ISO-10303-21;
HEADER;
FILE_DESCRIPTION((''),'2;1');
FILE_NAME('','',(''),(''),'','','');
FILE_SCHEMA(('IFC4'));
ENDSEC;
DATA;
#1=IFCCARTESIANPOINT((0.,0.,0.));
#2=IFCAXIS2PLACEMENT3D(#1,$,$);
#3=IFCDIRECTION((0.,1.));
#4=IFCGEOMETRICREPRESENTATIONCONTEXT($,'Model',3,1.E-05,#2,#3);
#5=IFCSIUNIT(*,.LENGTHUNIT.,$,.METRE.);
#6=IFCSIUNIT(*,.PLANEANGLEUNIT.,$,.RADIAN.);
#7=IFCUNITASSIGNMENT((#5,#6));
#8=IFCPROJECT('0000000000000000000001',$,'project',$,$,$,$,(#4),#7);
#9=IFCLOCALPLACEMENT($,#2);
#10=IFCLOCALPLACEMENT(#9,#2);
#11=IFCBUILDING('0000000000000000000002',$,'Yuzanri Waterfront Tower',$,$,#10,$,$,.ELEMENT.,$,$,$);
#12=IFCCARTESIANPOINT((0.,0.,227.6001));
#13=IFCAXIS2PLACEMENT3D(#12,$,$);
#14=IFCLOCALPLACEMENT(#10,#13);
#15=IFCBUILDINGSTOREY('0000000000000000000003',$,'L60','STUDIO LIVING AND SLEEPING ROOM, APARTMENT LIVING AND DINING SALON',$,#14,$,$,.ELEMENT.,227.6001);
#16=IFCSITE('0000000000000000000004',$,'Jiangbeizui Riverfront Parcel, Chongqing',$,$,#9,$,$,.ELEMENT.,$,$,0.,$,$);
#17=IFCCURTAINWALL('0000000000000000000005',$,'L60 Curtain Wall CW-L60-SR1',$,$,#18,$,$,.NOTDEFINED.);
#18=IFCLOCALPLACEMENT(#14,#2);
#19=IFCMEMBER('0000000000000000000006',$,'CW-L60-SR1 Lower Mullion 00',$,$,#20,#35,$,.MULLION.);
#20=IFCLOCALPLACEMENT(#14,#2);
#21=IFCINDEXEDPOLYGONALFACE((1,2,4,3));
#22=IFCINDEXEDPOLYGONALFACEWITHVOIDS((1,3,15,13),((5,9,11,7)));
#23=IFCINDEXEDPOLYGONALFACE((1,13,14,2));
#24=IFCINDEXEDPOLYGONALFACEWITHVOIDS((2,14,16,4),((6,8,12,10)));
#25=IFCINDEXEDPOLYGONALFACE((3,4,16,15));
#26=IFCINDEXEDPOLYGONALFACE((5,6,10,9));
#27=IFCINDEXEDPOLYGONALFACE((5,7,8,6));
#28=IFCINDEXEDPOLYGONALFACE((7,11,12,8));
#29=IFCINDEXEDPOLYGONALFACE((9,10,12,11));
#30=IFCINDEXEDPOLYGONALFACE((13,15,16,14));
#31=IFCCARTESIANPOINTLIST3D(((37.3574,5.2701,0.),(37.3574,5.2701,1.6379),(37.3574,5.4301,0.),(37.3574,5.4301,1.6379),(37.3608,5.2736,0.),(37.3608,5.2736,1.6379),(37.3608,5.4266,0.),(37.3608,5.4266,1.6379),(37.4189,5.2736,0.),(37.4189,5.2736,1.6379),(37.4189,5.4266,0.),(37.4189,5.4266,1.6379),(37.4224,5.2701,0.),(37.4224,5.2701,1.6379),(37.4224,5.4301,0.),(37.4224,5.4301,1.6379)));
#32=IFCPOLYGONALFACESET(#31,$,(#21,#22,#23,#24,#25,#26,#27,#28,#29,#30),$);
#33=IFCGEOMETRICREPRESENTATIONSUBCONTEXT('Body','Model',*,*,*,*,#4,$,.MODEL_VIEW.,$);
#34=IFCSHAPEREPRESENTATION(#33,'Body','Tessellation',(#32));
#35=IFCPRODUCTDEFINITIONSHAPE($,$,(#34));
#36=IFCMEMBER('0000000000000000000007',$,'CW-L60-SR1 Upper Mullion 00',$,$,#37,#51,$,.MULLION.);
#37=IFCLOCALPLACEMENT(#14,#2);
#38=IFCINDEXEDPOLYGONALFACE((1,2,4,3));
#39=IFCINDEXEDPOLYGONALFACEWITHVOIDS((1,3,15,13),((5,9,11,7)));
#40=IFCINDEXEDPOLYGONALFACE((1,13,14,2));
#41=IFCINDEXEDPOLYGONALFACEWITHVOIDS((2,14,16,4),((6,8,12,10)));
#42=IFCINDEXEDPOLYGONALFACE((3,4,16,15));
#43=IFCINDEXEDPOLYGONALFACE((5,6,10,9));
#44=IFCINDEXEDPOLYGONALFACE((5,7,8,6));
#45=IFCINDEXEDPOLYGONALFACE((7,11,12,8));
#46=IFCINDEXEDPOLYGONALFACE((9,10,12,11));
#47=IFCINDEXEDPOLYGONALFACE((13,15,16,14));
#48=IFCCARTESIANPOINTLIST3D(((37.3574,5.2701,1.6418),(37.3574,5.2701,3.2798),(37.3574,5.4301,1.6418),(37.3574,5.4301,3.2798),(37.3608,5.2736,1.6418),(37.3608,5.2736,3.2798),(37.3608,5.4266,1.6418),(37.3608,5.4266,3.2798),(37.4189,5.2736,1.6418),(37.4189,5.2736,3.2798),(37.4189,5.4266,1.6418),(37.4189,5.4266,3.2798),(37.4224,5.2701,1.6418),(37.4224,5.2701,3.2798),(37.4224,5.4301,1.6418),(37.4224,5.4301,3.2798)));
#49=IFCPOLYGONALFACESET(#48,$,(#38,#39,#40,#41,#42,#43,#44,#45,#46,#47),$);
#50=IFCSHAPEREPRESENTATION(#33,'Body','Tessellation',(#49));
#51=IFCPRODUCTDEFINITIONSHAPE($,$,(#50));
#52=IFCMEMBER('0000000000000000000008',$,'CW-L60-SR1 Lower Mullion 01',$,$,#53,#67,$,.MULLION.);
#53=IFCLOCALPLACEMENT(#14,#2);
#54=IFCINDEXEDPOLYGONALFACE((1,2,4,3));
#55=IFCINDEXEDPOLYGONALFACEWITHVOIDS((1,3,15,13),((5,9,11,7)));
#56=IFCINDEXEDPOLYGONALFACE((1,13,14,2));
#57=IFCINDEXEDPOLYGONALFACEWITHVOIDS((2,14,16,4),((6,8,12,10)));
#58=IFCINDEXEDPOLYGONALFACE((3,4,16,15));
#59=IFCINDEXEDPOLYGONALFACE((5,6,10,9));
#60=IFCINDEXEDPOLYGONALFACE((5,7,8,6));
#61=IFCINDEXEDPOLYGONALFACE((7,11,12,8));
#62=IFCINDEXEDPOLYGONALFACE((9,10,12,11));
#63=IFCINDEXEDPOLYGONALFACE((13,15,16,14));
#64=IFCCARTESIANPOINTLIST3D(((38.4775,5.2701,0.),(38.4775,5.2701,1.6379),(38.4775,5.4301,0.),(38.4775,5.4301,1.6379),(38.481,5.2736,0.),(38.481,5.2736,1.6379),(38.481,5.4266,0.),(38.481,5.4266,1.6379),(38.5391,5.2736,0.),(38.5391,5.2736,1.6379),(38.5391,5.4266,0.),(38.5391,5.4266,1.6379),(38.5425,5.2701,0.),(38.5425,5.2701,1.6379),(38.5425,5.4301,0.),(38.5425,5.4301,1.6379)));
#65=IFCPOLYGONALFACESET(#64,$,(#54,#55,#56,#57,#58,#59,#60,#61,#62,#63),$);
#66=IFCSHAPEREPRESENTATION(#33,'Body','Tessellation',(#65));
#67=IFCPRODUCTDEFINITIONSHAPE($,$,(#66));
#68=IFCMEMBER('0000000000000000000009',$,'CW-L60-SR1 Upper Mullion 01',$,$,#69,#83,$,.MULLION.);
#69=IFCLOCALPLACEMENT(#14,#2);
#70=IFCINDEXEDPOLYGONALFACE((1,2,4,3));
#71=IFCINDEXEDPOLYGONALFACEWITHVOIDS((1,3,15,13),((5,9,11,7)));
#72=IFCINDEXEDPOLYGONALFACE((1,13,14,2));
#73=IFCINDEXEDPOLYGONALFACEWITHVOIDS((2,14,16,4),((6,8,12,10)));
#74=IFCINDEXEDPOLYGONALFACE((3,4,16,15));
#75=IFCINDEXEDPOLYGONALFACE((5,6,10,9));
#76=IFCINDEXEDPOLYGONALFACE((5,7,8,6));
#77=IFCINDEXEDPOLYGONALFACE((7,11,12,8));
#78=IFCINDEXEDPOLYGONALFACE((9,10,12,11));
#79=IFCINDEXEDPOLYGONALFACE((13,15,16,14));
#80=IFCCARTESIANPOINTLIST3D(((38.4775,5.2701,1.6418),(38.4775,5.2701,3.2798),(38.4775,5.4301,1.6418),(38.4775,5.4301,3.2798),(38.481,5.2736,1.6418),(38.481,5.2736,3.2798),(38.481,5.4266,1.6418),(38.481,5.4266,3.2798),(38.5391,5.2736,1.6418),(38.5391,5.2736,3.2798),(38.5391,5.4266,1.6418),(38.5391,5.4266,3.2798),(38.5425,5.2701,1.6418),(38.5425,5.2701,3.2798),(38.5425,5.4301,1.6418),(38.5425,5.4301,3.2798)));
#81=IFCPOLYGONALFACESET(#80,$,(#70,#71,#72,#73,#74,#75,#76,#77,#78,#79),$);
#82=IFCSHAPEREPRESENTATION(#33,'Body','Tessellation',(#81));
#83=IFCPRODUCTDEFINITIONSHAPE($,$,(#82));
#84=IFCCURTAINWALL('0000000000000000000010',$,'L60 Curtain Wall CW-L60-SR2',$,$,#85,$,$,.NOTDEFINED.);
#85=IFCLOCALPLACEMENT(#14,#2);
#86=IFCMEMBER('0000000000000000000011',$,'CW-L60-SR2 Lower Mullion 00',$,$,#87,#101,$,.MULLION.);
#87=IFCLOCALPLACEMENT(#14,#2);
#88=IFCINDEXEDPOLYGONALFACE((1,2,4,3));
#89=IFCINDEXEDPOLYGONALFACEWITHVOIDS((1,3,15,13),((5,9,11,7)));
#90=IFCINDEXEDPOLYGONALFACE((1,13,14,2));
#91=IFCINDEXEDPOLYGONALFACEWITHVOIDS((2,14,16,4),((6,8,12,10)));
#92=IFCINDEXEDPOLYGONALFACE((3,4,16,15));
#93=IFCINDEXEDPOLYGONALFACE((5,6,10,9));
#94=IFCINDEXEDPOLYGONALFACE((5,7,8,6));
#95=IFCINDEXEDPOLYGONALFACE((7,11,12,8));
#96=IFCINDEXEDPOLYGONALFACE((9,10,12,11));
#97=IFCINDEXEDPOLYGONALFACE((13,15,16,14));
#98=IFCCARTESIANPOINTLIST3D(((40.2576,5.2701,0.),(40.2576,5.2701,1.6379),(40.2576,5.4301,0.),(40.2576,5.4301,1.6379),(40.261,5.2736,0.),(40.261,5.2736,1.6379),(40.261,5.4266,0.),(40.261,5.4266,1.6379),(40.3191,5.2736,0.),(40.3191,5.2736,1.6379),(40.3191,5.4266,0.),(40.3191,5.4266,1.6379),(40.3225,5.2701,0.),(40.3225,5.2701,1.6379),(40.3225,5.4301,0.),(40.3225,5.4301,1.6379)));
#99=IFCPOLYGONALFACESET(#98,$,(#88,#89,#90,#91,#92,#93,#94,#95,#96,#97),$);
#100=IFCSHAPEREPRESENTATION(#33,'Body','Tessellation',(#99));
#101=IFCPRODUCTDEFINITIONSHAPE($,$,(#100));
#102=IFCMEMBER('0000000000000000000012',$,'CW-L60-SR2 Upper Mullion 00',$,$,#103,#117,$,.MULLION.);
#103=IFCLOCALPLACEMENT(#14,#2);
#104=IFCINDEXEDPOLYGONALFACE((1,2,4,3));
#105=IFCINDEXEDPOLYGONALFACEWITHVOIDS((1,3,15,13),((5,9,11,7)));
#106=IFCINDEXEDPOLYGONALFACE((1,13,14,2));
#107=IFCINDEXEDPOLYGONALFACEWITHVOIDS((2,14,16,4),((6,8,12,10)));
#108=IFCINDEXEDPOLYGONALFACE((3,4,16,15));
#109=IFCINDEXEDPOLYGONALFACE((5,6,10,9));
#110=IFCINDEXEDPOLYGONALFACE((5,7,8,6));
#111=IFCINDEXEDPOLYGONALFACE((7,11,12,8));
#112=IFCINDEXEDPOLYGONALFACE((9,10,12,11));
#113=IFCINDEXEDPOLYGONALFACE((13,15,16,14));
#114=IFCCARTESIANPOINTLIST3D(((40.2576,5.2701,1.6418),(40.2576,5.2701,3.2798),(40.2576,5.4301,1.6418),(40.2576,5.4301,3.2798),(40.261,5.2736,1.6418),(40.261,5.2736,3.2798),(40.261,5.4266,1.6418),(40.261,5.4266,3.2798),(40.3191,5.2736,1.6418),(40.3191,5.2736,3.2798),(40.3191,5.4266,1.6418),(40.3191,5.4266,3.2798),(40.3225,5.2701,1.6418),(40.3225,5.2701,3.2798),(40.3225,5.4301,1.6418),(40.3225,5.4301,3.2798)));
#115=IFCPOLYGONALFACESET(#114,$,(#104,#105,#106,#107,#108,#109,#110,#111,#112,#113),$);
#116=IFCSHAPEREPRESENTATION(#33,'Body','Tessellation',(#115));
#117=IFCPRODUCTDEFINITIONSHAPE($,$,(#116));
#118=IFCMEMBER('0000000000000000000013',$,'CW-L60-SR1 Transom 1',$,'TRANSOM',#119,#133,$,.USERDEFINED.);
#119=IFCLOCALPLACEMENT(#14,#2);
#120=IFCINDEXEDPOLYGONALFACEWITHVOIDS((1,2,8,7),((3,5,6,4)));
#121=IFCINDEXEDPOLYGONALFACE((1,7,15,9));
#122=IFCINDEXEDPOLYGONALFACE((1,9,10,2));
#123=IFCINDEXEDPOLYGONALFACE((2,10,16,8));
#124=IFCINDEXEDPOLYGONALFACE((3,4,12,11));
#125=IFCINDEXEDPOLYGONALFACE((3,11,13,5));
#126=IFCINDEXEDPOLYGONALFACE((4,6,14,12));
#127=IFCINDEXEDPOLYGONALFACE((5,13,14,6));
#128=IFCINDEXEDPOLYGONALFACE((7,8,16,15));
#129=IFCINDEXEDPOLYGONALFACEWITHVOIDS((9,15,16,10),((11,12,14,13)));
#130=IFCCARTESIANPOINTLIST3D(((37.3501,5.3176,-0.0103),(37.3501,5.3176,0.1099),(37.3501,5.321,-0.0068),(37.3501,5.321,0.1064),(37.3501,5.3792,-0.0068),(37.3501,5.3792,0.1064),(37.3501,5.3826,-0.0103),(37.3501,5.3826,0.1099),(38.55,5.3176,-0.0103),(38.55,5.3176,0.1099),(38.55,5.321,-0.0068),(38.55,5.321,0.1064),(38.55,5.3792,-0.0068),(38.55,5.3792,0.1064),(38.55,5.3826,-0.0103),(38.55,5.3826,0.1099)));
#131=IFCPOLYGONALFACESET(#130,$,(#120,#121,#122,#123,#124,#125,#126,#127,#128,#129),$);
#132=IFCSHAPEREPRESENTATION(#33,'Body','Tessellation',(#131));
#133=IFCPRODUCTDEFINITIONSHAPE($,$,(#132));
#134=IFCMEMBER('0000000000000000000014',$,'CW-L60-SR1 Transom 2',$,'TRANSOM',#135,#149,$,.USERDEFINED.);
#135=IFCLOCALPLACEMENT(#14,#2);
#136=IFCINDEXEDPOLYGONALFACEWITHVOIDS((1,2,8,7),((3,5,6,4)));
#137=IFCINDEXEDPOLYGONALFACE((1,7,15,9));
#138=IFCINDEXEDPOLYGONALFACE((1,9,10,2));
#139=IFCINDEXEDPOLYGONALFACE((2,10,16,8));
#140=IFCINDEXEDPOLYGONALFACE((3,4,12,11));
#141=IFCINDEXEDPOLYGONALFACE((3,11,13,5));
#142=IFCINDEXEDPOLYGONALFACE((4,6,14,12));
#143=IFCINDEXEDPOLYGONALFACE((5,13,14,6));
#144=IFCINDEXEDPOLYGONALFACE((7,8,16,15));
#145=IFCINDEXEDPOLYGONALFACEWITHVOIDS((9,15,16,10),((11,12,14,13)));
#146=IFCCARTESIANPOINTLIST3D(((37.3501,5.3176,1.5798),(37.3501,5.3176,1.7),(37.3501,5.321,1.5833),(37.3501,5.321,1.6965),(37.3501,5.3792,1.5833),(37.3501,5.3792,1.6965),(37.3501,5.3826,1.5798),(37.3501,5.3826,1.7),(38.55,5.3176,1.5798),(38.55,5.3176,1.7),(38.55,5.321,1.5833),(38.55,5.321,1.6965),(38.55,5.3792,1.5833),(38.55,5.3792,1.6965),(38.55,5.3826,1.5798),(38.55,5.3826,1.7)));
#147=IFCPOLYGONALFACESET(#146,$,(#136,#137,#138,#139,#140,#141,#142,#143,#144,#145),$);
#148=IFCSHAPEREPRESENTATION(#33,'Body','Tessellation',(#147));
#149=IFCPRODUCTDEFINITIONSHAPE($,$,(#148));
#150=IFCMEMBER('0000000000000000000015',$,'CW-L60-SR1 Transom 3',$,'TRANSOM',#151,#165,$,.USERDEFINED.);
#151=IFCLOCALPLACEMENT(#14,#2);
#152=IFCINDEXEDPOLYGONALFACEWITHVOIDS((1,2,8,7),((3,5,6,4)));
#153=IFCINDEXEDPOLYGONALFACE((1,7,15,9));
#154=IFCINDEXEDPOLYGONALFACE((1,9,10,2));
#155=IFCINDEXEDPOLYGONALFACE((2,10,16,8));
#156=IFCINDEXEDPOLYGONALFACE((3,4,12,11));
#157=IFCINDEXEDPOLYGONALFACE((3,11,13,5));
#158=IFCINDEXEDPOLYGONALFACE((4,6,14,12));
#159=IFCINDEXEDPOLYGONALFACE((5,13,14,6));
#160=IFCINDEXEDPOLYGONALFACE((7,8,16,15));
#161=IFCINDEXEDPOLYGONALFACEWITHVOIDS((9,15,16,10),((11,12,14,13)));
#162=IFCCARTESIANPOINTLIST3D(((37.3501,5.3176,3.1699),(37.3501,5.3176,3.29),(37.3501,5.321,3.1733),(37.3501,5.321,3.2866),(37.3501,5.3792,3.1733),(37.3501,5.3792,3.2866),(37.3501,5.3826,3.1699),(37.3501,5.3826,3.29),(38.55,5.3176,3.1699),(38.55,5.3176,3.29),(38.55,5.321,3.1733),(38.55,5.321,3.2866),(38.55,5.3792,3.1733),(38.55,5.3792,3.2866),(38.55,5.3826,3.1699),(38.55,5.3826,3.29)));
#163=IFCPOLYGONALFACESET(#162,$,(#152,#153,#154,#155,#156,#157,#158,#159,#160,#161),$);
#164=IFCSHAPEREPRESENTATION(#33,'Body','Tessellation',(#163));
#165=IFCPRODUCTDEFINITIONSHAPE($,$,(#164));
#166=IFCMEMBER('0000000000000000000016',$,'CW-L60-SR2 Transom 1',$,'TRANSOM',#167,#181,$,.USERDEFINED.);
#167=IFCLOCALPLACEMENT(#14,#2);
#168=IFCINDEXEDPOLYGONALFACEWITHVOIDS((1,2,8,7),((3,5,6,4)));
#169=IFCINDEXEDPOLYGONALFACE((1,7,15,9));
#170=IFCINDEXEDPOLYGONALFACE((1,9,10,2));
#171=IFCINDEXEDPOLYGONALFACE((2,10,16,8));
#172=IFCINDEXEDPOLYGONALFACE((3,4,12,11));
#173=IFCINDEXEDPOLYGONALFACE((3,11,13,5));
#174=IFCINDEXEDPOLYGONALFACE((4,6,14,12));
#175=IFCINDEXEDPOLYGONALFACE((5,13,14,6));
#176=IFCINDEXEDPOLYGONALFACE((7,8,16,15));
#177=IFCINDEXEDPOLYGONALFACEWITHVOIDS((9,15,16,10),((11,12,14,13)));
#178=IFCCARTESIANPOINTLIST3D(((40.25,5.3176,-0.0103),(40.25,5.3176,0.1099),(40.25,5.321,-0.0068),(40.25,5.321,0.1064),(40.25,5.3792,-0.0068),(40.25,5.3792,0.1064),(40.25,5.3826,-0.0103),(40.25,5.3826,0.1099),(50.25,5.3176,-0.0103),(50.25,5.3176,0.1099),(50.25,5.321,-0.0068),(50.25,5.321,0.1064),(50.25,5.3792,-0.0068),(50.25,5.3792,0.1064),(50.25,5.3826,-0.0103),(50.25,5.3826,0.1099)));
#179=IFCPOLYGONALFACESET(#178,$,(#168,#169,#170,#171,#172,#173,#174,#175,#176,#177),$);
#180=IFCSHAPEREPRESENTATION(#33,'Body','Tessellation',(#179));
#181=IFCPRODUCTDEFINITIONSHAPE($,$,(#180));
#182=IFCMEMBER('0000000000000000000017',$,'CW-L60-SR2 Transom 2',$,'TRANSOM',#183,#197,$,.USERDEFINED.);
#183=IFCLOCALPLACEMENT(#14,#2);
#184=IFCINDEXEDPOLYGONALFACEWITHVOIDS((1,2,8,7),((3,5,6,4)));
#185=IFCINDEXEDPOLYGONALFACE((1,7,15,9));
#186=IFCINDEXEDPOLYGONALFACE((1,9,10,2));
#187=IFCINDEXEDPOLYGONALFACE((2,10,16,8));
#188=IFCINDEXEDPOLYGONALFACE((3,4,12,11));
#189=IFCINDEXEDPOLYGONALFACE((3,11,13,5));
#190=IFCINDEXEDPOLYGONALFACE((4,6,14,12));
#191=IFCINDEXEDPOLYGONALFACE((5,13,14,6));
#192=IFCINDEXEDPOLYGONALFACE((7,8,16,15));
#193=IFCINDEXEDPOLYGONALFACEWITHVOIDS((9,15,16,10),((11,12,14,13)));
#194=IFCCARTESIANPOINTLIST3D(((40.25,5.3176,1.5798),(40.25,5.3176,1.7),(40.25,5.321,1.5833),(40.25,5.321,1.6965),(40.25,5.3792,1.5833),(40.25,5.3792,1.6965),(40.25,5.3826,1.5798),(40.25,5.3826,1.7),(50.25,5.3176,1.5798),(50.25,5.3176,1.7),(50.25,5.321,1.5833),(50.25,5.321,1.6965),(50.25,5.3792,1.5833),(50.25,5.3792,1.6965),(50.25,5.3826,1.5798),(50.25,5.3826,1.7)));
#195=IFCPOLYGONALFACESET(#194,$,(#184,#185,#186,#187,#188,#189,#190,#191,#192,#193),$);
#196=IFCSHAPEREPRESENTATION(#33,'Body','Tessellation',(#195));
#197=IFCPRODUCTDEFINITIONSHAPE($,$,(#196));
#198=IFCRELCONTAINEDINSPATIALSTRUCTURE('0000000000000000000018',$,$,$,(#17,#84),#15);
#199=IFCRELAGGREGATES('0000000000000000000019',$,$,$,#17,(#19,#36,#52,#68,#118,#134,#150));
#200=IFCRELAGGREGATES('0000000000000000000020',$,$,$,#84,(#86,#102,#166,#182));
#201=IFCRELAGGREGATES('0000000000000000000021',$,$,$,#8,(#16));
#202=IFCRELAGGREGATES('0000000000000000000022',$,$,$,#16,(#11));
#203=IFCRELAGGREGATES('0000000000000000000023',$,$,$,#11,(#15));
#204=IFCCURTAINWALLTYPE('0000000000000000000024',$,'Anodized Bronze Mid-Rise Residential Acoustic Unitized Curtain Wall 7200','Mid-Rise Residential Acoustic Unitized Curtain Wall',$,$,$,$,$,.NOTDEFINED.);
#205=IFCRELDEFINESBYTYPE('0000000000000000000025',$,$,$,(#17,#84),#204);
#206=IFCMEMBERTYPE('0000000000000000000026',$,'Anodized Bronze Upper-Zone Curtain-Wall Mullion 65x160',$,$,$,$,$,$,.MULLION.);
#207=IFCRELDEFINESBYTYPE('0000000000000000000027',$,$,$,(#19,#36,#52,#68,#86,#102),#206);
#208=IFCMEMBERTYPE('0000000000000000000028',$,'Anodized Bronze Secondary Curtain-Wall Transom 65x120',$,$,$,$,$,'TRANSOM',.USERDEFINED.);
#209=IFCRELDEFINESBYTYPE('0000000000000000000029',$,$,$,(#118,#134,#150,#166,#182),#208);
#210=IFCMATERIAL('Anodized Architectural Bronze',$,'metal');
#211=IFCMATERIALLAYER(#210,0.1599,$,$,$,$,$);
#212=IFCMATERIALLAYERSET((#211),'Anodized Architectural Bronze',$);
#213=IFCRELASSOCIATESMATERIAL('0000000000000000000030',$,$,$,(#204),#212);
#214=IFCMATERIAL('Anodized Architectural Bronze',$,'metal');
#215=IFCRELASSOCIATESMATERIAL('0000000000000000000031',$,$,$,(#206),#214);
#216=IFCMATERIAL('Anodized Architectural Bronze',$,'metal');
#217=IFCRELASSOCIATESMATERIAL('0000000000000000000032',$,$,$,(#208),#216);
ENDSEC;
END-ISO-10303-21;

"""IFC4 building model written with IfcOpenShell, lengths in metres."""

from ifc_helpers import new_model, si_unit, direction, frame, origin, origin_2d, place, context, subcontext, project, spatial, hollow_rectangle, extrude, source, transform, mapped, material, layer, layer_set, material_profile, profile_set, type_object, element, aggregate, save


model = new_model("IFC4")

# Units and contexts
model_context = context("Model", 3, precision=1e-05, world=origin(), true_north=direction((0.0, 1.0)))
body_context = subcontext(model_context, "Body", "Model", "MODEL_VIEW")
ifc_project = project(units=[si_unit("LENGTHUNIT", "METRE"), si_unit("PLANEANGLEUNIT", "RADIAN")], contexts=[model_context])

# Site, building, storey
site_placement = place(None, origin())
site = spatial("IfcSite", under=ifc_project, at=site_placement, Name="Jiangbeizui Riverfront Parcel, Chongqing", CompositionType="ELEMENT", RefElevation=0.0)
building_placement = place(site_placement, origin())
building = spatial("IfcBuilding", under=site, at=building_placement, Name="Yuzanri Waterfront Tower", CompositionType="ELEMENT")
storey_placement = place(building_placement, frame((0.0, 0.0, 227.6001)))
storey = spatial("IfcBuildingStorey", under=building, at=storey_placement, Name="L60", Description="STUDIO LIVING AND SLEEPING ROOM, APARTMENT LIVING AND DINING SALON", CompositionType="ELEMENT", Elevation=227.6001)

# Curtain walls, members
ifc_material_1 = material(Name="Anodized Architectural Bronze", Category="metal")
ifc_layer_1 = layer(ifc_material_1, 0.1599)
ifc_layer_set_1 = layer_set([ifc_layer_1], Name="Anodized Architectural Bronze")
curtain_wall_type = type_object("IfcCurtainWallType", Name="Anodized Bronze Mid-Rise Residential Acoustic Unitized Curtain Wall 7200", Description="Mid-Rise Residential Acoustic Unitized Curtain Wall", PredefinedType="NOTDEFINED", material=ifc_layer_set_1)
curtain_wall_1_placement = place(storey_placement, origin())
curtain_wall_1 = element("IfcCurtainWall", 1, at=curtain_wall_1_placement, inside=storey, type_object=curtain_wall_type, Name="L60 Curtain Wall CW-L60-SR1", PredefinedType="NOTDEFINED")
ifc_material_2 = material(Name="Anodized Architectural Bronze", Category="metal")
ifc_material_profile_1 = material_profile(ifc_material_2, hollow_rectangle(XDim=0.0649, YDim=0.1599, WallThickness=0.0034, at=origin_2d()), Name="CWM 65x160")
ifc_profile_set_1 = profile_set([ifc_material_profile_1], Name="Anodized Architectural Bronze")
member_type_1 = type_object("IfcMemberType", Name="Anodized Bronze Upper-Zone Curtain-Wall Mullion 65x160", PredefinedType="MULLION", material=ifc_profile_set_1)
shared_shape_1 = source(origin(), body_context, "Body", "SweptSolid", [
    extrude(hollow_rectangle(XDim=0.0649, YDim=0.1599, WallThickness=0.0034, at=origin_2d()), origin(), (0.0, 0.0, 1.0), 1.6379),
])
member_1_placement = place(storey_placement, frame((37.3899, 5.3501, 0.0), z_axis=(0.0, 0.0, 1.0), x_axis=(1.0, 0.0, 0.0)))
member_1 = element("IfcMember", 2, at=member_1_placement, type_object=member_type_1, Name="CW-L60-SR1 Lower Mullion 00", PredefinedType="MULLION", context=body_context, shape_type="MappedRepresentation", body=[
    mapped(shared_shape_1, transform((0.0, 0.0, 0.0), scale=1.0)),
])
member_2_placement = place(storey_placement, frame((37.3899, 5.3501, 1.6418), z_axis=(0.0, 0.0, 1.0), x_axis=(1.0, 0.0, 0.0)))
member_2 = element("IfcMember", 3, at=member_2_placement, type_object=member_type_1, Name="CW-L60-SR1 Upper Mullion 00", PredefinedType="MULLION", context=body_context, shape_type="MappedRepresentation", body=[
    mapped(shared_shape_1, transform((0.0, 0.0, 0.0), scale=1.0)),
])
member_3_placement = place(storey_placement, frame((38.51, 5.3501, 0.0), z_axis=(0.0, 0.0, 1.0), x_axis=(1.0, 0.0, 0.0)))
member_3 = element("IfcMember", 4, at=member_3_placement, type_object=member_type_1, Name="CW-L60-SR1 Lower Mullion 01", PredefinedType="MULLION", context=body_context, shape_type="MappedRepresentation", body=[
    mapped(shared_shape_1, transform((0.0, 0.0, 0.0), scale=1.0)),
])
member_4_placement = place(storey_placement, frame((38.51, 5.3501, 1.6418), z_axis=(0.0, 0.0, 1.0), x_axis=(1.0, 0.0, 0.0)))
member_4 = element("IfcMember", 5, at=member_4_placement, type_object=member_type_1, Name="CW-L60-SR1 Upper Mullion 01", PredefinedType="MULLION", context=body_context, shape_type="MappedRepresentation", body=[
    mapped(shared_shape_1, transform((0.0, 0.0, 0.0), scale=1.0)),
])
curtain_wall_2_placement = place(storey_placement, origin())
curtain_wall_2 = element("IfcCurtainWall", 6, at=curtain_wall_2_placement, inside=storey, type_object=curtain_wall_type, Name="L60 Curtain Wall CW-L60-SR2", PredefinedType="NOTDEFINED")
member_5_placement = place(storey_placement, frame((40.29, 5.3501, 0.0), z_axis=(0.0, 0.0, 1.0), x_axis=(1.0, 0.0, 0.0)))
member_5 = element("IfcMember", 7, at=member_5_placement, type_object=member_type_1, Name="CW-L60-SR2 Lower Mullion 00", PredefinedType="MULLION", context=body_context, shape_type="MappedRepresentation", body=[
    mapped(shared_shape_1, transform((0.0, 0.0, 0.0), scale=1.0)),
])
member_6_placement = place(storey_placement, frame((40.29, 5.3501, 1.6418), z_axis=(0.0, 0.0, 1.0), x_axis=(1.0, 0.0, 0.0)))
member_6 = element("IfcMember", 8, at=member_6_placement, type_object=member_type_1, Name="CW-L60-SR2 Upper Mullion 00", PredefinedType="MULLION", context=body_context, shape_type="MappedRepresentation", body=[
    mapped(shared_shape_1, transform((0.0, 0.0, 0.0), scale=1.0)),
])

# Members
ifc_material_3 = material(Name="Anodized Architectural Bronze", Category="metal")
ifc_material_profile_2 = material_profile(ifc_material_3, hollow_rectangle(XDim=0.0649, YDim=0.1201, WallThickness=0.0034, at=origin_2d()), Name="CWT 65x120")
ifc_profile_set_2 = profile_set([ifc_material_profile_2], Name="Anodized Architectural Bronze")
member_type_2 = type_object("IfcMemberType", Name="Anodized Bronze Secondary Curtain-Wall Transom 65x120", ElementType="TRANSOM", PredefinedType="USERDEFINED", material=ifc_profile_set_2)
shared_shape_2 = source(origin(), body_context, "Body", "SweptSolid", [
    extrude(hollow_rectangle(XDim=0.0649, YDim=0.1201, WallThickness=0.0034, at=origin_2d()), origin(), (0.0, 0.0, 1.0), 1.2),
])
member_7_placement = place(storey_placement, frame((37.3501, 5.3501, 0.0498), z_axis=(1.0, 0.0, 0.0), x_axis=(0.0, 1.0, 0.0)))
member_7 = element("IfcMember", 9, at=member_7_placement, type_object=member_type_2, Name="CW-L60-SR1 Transom 1", ObjectType="TRANSOM", PredefinedType="USERDEFINED", context=body_context, shape_type="MappedRepresentation", body=[
    mapped(shared_shape_2, transform((0.0, 0.0, 0.0), scale=1.0)),
])
member_8_placement = place(storey_placement, frame((37.3501, 5.3501, 1.6399), z_axis=(1.0, 0.0, 0.0), x_axis=(0.0, 1.0, 0.0)))
member_8 = element("IfcMember", 10, at=member_8_placement, type_object=member_type_2, Name="CW-L60-SR1 Transom 2", ObjectType="TRANSOM", PredefinedType="USERDEFINED", context=body_context, shape_type="MappedRepresentation", body=[
    mapped(shared_shape_2, transform((0.0, 0.0, 0.0), scale=1.0)),
])
member_9_placement = place(storey_placement, frame((37.3501, 5.3501, 3.23), z_axis=(1.0, 0.0, 0.0), x_axis=(0.0, 1.0, 0.0)))
member_9 = element("IfcMember", 11, at=member_9_placement, type_object=member_type_2, Name="CW-L60-SR1 Transom 3", ObjectType="TRANSOM", PredefinedType="USERDEFINED", context=body_context, shape_type="MappedRepresentation", body=[
    mapped(shared_shape_2, transform((0.0, 0.0, 0.0), scale=1.0)),
])
shared_shape_3 = source(origin(), body_context, "Body", "SweptSolid", [
    extrude(hollow_rectangle(XDim=0.0649, YDim=0.1201, WallThickness=0.0034, at=origin_2d()), origin(), (0.0, 0.0, 1.0), 10.0),
])
member_10_placement = place(storey_placement, frame((40.25, 5.3501, 0.0498), z_axis=(1.0, 0.0, 0.0), x_axis=(0.0, 1.0, 0.0)))
member_10 = element("IfcMember", 12, at=member_10_placement, type_object=member_type_2, Name="CW-L60-SR2 Transom 1", ObjectType="TRANSOM", PredefinedType="USERDEFINED", context=body_context, shape_type="MappedRepresentation", body=[
    mapped(shared_shape_3, transform((0.0, 0.0, 0.0), scale=1.0)),
])
member_11_placement = place(storey_placement, frame((40.25, 5.3501, 1.6399), z_axis=(1.0, 0.0, 0.0), x_axis=(0.0, 1.0, 0.0)))
member_11 = element("IfcMember", 13, at=member_11_placement, type_object=member_type_2, Name="CW-L60-SR2 Transom 2", ObjectType="TRANSOM", PredefinedType="USERDEFINED", context=body_context, shape_type="MappedRepresentation", body=[
    mapped(shared_shape_3, transform((0.0, 0.0, 0.0), scale=1.0)),
])

aggregate(curtain_wall_1, [member_1, member_2, member_3, member_4, member_7, member_8, member_9])
aggregate(curtain_wall_2, [member_5, member_6, member_10, member_11])

save(model, "model.ifc")
